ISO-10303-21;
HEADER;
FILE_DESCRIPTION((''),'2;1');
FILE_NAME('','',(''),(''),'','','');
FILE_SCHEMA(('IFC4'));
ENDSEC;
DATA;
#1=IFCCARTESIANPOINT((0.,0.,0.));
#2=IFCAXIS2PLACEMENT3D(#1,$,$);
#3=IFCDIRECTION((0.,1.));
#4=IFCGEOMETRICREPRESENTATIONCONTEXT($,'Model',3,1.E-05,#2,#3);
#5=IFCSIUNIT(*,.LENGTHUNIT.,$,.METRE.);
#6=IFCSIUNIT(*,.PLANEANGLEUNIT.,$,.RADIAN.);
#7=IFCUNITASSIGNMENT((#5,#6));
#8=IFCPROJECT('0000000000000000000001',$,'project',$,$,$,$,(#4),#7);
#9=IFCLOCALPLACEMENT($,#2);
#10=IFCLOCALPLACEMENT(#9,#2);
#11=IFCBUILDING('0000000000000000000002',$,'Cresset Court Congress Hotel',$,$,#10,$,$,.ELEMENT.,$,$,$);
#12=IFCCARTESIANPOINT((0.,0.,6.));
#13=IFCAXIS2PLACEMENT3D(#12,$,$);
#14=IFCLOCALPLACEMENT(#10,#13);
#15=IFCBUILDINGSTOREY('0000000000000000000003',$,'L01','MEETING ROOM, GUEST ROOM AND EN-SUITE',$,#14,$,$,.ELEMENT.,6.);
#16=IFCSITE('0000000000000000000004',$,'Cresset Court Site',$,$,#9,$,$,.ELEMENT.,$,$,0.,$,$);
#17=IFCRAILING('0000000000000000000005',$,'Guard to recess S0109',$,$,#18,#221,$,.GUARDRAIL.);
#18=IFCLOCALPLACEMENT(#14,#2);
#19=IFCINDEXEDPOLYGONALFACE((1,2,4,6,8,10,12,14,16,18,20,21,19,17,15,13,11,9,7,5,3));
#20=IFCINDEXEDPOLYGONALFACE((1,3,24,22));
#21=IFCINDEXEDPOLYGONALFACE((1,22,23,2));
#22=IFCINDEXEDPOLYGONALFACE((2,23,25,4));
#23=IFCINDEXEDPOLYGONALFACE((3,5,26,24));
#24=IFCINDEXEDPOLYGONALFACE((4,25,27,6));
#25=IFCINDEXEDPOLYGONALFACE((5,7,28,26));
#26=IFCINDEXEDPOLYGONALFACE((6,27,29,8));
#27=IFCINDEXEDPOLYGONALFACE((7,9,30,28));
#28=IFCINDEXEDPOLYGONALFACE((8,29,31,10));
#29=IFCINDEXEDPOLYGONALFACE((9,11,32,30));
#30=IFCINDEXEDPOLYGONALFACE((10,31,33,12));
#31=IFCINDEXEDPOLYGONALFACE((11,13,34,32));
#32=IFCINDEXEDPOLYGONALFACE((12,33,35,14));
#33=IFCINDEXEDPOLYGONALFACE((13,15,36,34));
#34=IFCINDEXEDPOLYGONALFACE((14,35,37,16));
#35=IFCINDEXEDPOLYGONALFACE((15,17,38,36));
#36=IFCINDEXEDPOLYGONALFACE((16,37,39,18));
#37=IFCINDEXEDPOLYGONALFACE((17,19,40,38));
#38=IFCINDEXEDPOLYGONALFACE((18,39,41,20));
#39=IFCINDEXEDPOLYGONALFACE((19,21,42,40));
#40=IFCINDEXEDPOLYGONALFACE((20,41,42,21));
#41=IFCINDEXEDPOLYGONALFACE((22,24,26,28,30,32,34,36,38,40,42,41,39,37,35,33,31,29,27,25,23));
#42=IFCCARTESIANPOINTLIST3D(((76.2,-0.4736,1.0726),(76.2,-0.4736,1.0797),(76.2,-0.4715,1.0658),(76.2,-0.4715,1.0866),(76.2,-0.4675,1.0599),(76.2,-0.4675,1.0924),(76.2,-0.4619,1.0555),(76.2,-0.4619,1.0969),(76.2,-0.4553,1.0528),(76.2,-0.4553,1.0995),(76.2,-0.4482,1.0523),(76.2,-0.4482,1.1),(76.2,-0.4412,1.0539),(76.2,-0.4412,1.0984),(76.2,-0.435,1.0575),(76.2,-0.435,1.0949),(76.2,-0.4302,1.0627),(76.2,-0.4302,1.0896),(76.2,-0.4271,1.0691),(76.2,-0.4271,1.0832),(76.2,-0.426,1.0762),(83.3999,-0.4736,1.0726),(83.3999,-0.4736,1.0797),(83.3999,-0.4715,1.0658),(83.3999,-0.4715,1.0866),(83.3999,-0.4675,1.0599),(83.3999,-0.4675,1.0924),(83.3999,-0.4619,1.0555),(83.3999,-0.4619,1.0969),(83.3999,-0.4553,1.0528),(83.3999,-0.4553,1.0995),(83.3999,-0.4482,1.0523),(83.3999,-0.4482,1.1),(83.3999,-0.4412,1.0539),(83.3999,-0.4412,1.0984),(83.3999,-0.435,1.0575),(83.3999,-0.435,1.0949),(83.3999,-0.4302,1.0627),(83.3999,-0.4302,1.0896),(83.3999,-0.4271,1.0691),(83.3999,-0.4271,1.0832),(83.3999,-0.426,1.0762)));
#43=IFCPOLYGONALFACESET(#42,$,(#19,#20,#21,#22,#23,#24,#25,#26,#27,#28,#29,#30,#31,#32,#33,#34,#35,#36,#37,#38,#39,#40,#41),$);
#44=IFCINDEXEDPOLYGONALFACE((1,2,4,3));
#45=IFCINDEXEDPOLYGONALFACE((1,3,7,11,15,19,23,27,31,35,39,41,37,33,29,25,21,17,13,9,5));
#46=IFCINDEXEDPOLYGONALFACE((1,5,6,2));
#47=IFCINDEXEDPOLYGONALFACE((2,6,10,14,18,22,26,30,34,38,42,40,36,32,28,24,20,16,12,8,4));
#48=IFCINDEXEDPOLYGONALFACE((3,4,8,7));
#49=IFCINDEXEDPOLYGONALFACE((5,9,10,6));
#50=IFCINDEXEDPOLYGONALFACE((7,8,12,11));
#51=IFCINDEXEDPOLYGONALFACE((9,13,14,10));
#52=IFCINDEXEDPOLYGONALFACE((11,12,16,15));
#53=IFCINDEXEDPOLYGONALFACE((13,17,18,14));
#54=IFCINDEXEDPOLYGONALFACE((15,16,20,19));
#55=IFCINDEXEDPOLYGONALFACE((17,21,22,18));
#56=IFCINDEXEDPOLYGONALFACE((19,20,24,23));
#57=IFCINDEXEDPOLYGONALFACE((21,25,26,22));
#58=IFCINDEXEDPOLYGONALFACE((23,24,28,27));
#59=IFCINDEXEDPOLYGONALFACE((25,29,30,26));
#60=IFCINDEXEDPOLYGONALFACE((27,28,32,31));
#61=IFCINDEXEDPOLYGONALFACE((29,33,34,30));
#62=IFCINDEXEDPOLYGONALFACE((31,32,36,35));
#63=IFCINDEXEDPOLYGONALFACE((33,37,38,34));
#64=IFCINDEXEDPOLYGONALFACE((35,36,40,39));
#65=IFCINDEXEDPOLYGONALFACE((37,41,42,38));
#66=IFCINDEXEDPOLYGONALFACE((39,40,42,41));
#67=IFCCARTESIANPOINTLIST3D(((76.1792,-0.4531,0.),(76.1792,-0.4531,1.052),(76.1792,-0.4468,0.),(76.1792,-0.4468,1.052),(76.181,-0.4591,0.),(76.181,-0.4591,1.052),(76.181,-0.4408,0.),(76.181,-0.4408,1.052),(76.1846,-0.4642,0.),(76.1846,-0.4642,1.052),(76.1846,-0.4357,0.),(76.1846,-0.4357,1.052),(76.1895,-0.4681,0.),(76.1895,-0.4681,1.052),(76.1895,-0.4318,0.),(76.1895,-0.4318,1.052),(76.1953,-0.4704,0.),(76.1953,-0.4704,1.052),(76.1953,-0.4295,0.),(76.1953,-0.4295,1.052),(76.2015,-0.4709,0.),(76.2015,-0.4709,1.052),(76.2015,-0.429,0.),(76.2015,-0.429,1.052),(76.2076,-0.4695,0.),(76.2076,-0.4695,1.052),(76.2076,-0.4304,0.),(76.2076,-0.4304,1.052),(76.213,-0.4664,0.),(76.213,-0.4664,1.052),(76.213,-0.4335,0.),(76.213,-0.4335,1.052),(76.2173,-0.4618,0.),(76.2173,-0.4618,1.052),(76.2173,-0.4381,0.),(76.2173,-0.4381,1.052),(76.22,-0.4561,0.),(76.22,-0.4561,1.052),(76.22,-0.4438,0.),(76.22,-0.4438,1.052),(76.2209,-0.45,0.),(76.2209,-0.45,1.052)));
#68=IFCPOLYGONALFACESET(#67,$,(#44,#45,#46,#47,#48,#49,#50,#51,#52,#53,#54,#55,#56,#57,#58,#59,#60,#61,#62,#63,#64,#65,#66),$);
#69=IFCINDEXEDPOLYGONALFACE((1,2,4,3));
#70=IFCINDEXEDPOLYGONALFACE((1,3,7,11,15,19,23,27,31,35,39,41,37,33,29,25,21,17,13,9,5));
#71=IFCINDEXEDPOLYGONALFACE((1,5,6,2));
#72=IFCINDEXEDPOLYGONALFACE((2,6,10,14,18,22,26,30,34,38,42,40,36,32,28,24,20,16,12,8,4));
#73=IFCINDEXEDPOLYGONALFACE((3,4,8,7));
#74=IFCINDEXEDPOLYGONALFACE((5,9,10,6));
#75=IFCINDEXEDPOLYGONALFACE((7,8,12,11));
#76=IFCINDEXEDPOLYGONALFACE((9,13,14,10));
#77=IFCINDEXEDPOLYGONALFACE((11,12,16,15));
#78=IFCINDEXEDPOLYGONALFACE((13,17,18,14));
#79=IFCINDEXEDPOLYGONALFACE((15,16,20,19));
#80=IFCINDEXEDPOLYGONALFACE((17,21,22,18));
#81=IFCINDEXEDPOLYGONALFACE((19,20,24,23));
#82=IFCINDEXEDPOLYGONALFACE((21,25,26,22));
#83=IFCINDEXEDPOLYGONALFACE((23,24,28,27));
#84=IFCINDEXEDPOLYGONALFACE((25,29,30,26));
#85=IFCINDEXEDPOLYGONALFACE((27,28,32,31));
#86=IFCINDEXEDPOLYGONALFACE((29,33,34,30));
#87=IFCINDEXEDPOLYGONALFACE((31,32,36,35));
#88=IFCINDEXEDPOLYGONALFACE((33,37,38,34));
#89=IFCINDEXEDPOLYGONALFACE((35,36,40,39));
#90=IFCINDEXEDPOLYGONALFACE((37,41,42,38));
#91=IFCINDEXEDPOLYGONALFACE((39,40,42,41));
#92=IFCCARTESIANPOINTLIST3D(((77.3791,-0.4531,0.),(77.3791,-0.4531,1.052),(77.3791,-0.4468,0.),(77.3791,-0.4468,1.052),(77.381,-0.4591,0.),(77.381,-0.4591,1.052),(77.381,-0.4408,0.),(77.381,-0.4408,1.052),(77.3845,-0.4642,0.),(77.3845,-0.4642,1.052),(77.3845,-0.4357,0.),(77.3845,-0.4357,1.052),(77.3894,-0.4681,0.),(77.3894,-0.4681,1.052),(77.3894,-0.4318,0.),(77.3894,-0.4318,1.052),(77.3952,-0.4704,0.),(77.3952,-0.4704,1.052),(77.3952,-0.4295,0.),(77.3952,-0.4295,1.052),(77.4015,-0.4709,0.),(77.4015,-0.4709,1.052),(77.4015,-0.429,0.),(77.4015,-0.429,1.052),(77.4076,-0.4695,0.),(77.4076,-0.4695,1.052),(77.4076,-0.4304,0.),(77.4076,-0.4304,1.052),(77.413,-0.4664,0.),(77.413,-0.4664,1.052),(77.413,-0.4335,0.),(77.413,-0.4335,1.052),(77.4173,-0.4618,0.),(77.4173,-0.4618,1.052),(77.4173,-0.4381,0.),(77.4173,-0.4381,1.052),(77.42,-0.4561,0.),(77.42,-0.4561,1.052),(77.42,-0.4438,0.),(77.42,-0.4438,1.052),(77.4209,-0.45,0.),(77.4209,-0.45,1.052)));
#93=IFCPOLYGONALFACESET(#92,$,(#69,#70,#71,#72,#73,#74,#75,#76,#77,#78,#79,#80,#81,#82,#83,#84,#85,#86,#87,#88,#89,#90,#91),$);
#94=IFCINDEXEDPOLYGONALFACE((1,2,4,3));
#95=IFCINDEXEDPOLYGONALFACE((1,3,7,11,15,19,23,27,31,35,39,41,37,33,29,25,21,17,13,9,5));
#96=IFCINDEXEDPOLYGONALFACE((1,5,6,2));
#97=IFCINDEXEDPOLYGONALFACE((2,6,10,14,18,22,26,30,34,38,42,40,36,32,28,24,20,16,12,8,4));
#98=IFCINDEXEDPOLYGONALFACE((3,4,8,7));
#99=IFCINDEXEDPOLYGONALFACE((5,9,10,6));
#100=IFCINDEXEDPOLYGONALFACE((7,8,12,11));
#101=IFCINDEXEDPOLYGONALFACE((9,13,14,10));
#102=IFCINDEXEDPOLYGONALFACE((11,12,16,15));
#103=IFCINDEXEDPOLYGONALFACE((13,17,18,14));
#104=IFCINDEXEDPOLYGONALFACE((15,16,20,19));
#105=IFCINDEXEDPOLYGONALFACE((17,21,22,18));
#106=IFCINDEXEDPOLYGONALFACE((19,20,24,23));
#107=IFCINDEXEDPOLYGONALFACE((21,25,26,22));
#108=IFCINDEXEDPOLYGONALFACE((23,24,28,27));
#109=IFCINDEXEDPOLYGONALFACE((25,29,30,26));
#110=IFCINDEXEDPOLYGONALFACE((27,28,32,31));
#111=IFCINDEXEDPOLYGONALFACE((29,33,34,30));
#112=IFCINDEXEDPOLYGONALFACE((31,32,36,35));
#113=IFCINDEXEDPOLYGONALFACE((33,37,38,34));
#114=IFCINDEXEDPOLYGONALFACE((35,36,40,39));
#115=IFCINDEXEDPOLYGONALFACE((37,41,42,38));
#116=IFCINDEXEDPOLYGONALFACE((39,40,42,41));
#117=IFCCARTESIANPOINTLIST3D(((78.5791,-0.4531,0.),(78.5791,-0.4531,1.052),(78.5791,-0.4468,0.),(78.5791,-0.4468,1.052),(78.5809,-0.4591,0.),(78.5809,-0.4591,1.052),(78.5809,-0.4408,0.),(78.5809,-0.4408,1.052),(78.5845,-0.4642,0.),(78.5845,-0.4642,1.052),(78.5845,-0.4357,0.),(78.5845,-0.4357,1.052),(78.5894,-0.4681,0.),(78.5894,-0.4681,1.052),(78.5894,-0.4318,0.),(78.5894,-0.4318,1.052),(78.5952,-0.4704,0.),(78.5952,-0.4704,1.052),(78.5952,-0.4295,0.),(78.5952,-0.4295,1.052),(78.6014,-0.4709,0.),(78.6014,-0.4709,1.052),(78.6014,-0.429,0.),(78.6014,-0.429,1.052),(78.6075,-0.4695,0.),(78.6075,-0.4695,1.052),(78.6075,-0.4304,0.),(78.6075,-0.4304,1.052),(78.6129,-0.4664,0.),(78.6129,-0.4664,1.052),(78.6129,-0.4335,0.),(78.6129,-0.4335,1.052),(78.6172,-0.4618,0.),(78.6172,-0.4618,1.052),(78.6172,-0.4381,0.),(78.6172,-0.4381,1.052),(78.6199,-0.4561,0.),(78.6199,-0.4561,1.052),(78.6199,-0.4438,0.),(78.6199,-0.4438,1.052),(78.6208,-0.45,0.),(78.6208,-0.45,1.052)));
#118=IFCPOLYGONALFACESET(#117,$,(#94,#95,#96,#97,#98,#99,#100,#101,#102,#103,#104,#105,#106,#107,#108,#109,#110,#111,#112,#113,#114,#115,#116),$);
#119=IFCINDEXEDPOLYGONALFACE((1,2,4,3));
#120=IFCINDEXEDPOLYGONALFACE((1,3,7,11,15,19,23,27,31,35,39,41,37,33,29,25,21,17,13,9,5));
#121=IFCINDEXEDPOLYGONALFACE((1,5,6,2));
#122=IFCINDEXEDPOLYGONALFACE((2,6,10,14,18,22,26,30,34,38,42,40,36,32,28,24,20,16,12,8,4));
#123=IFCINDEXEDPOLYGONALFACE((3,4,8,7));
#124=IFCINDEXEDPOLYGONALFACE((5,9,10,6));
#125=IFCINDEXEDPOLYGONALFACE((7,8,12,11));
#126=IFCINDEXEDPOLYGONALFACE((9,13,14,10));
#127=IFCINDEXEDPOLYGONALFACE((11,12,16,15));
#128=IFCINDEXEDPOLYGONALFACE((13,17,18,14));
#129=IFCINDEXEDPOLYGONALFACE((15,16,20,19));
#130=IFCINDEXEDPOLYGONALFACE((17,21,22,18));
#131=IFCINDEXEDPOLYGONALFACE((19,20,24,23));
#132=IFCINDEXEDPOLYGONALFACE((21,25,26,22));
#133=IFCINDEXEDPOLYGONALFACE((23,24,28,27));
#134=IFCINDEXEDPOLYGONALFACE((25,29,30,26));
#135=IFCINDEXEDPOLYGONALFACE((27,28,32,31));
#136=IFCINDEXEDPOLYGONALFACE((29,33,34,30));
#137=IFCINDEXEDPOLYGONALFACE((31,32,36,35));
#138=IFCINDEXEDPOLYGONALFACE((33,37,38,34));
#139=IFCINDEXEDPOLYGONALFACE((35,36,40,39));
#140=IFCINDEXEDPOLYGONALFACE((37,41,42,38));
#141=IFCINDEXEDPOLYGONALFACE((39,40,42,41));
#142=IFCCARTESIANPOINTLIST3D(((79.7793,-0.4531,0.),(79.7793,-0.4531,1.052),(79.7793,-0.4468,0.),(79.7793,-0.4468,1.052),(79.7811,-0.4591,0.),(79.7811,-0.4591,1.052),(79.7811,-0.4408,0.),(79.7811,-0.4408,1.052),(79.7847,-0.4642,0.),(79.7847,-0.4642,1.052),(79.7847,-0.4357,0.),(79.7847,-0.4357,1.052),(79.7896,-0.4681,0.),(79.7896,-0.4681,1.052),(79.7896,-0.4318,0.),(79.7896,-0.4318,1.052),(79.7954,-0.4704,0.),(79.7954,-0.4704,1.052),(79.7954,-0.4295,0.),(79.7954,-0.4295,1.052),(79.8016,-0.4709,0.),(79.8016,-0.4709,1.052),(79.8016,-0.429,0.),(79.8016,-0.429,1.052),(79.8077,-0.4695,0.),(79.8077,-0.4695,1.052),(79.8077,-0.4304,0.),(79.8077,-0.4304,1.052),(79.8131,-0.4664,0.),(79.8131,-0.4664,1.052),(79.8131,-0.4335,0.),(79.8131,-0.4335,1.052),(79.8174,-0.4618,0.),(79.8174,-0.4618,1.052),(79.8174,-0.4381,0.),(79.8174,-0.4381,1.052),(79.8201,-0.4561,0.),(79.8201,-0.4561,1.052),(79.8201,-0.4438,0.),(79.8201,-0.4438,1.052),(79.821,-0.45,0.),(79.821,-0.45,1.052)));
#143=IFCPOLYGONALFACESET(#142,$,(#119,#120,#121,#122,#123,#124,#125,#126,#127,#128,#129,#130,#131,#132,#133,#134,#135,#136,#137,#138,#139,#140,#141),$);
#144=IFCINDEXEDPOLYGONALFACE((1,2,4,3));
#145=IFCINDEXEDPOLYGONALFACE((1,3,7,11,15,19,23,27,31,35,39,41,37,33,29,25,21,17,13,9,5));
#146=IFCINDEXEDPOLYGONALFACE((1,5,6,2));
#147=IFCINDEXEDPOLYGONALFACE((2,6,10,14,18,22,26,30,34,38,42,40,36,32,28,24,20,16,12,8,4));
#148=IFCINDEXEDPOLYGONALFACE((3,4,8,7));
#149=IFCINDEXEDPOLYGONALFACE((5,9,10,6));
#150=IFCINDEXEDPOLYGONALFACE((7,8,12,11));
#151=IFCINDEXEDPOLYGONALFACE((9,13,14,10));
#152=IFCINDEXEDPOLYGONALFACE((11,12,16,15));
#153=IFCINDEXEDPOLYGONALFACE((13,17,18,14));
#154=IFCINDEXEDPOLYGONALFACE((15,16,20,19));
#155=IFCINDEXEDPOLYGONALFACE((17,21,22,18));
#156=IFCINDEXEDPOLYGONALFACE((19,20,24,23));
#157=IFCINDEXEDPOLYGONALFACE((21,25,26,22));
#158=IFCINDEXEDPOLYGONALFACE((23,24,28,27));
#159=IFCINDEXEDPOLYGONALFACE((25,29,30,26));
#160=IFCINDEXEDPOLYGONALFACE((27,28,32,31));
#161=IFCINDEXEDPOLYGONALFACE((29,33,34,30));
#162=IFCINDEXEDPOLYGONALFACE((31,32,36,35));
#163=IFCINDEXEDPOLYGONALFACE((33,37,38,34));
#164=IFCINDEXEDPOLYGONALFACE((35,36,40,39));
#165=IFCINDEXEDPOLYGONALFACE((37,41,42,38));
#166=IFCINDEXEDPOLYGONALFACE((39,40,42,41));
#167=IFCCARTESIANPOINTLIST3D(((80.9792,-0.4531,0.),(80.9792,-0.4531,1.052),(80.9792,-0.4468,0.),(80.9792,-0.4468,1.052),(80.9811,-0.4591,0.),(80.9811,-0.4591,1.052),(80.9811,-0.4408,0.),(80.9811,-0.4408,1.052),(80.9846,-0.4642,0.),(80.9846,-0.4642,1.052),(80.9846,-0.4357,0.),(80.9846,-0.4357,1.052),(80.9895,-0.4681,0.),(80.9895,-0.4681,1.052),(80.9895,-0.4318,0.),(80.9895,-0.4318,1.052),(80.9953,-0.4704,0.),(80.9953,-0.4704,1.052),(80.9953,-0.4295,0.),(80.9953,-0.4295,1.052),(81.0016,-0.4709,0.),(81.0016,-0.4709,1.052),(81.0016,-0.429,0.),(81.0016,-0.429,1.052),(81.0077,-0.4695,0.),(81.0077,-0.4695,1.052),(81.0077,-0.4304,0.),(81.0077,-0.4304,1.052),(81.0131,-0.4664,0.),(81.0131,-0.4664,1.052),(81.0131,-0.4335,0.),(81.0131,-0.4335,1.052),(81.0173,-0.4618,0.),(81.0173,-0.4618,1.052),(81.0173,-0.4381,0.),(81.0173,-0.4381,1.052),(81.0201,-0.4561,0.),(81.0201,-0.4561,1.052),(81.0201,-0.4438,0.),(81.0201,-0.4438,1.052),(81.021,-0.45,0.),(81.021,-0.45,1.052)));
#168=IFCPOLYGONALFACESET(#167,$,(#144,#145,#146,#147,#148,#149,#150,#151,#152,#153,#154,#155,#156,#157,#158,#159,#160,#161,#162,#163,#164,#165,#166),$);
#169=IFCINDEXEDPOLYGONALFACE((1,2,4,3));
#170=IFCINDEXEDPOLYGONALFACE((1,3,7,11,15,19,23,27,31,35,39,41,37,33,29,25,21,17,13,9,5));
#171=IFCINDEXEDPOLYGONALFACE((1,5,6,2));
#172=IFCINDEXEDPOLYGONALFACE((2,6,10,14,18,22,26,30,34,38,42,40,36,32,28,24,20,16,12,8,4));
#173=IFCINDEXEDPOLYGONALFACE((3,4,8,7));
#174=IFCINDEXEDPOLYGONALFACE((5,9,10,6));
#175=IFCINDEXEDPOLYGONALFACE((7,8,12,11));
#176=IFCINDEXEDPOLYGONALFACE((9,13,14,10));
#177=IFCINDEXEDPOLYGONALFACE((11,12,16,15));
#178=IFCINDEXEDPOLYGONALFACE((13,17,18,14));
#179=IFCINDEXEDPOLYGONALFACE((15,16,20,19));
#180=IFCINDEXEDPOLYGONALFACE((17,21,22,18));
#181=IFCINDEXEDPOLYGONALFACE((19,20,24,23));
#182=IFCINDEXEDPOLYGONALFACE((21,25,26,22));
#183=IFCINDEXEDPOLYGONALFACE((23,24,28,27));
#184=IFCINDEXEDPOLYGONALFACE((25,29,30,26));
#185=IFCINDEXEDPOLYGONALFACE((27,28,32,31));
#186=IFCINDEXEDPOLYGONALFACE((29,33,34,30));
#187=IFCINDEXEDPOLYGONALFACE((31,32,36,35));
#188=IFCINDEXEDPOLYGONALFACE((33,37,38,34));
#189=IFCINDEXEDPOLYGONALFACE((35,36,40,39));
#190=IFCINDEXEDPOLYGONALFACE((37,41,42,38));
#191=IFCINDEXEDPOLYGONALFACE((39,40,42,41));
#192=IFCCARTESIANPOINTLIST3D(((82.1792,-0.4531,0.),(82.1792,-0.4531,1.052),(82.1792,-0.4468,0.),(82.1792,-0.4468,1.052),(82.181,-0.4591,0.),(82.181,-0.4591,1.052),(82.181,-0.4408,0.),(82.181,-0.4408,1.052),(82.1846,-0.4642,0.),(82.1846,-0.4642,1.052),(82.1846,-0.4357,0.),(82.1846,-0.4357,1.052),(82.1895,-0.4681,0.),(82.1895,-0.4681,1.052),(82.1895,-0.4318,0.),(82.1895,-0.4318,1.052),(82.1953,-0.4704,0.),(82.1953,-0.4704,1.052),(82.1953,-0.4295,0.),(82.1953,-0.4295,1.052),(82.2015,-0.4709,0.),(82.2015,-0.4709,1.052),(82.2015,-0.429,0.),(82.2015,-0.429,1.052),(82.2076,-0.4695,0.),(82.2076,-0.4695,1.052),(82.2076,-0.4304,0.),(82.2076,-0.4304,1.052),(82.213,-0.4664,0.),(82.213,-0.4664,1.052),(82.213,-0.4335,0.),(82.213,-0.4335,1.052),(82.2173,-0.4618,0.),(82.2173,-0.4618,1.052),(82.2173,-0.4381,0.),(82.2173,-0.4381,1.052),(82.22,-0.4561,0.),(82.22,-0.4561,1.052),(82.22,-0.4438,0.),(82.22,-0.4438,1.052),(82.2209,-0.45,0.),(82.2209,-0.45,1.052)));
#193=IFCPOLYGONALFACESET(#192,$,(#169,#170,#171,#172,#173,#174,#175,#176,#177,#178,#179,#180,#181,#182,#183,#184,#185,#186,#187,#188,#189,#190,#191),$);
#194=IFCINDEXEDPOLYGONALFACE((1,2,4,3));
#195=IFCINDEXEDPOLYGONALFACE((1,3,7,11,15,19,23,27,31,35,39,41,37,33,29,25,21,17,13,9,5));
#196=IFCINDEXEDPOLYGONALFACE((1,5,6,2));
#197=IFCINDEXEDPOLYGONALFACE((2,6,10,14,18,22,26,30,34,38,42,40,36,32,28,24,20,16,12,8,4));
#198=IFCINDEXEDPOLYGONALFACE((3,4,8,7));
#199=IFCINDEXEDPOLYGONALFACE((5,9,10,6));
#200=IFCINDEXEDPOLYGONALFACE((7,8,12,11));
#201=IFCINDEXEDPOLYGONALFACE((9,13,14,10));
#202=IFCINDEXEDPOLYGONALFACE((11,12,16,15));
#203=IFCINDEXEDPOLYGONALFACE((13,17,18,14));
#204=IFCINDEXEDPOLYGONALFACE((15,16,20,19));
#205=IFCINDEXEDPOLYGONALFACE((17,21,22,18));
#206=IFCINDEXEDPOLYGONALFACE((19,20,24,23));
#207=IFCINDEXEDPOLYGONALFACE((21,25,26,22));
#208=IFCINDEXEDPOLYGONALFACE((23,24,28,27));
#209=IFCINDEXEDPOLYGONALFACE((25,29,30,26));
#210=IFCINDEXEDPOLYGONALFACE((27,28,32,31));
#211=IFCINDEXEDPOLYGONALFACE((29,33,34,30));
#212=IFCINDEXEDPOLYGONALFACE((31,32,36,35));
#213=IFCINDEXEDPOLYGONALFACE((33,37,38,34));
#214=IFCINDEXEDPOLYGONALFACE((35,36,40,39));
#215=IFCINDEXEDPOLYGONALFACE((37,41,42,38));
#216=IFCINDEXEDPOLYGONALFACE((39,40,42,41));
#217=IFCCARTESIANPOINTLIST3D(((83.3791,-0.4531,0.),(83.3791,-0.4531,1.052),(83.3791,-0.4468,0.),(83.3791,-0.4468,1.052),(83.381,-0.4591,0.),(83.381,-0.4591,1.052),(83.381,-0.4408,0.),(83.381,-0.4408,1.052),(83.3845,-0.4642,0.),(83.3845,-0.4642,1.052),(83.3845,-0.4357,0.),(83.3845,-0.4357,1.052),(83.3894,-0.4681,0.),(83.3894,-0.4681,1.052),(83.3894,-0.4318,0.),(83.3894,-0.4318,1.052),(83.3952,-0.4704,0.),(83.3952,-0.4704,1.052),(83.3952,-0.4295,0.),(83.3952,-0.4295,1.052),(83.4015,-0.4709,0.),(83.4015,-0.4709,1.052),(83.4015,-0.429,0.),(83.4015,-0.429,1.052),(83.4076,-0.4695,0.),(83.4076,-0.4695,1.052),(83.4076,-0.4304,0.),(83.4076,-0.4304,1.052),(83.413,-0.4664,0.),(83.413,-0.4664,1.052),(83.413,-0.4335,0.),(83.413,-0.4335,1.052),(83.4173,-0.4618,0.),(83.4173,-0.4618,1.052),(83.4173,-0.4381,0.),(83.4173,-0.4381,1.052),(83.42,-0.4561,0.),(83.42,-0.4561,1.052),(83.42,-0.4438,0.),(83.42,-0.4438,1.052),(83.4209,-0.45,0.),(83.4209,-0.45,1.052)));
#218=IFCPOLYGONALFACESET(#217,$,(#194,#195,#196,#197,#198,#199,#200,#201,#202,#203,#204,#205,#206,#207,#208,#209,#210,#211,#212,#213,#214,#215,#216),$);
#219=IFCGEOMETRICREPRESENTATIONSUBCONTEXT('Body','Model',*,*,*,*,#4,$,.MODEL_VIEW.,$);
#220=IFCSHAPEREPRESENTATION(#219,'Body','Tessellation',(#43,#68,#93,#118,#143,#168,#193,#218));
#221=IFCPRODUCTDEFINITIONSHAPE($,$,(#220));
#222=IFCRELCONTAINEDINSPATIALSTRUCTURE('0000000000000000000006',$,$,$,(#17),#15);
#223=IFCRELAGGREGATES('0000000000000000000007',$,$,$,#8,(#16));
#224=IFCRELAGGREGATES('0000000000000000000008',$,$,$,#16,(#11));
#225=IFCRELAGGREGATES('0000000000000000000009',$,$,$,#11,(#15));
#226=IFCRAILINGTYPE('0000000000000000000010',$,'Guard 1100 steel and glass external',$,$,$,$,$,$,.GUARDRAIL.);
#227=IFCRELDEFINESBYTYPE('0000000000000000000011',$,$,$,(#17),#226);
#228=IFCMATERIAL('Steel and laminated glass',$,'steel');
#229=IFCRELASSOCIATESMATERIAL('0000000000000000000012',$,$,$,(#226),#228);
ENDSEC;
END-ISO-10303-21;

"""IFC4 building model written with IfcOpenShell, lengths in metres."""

from ifc_helpers import new_model, si_unit, direction, frame, origin, origin_2d, place, context, subcontext, project, spatial, circle, extrude, material, type_object, element, save


model = new_model("IFC4")

# Units and contexts
model_context = context("Model", 3, precision=1e-05, world=origin(), true_north=direction((0.0, 1.0)))
body_context = subcontext(model_context, "Body", "Model", "MODEL_VIEW")
ifc_project = project(units=[si_unit("LENGTHUNIT", "METRE"), si_unit("PLANEANGLEUNIT", "RADIAN")], contexts=[model_context])

# Site, building, storey
site_placement = place(None, origin())
site = spatial("IfcSite", under=ifc_project, at=site_placement, Name="Cresset Court Site", CompositionType="ELEMENT", RefElevation=0.0)
building_placement = place(site_placement, origin())
building = spatial("IfcBuilding", under=site, at=building_placement, Name="Cresset Court Congress Hotel", CompositionType="ELEMENT")
storey_placement = place(building_placement, frame((0.0, 0.0, 6.0)))
storey = spatial("IfcBuildingStorey", under=building, at=storey_placement, Name="L01", Description="MEETING ROOM, GUEST ROOM AND EN-SUITE", CompositionType="ELEMENT", Elevation=6.0)

# Railing
ifc_material_1 = material(Name="Steel and laminated glass", Category="steel")
railing_type = type_object("IfcRailingType", Name="Guard 1100 steel and glass external", PredefinedType="GUARDRAIL", material=ifc_material_1)
railing_placement = place(storey_placement, frame((76.2, -0.45, 0.0)))
element("IfcRailing", 1, at=railing_placement, inside=storey, type_object=railing_type, Name="Guard to recess S0109", PredefinedType="GUARDRAIL", context=body_context, shape_type="SweptSolid", body=[
    extrude(circle(Radius=0.0239, at=origin_2d()), frame((0.0, 0.0, 1.0762), z_axis=(1.0, 0.0, 0.0), x_axis=(0.0, 1.0, 0.0)), (0.0, 0.0, 1.0), 7.2),
    extrude(circle(Radius=0.021, at=origin_2d()), origin(), (0.0, 0.0, 1.0), 1.052),
    extrude(circle(Radius=0.021, at=origin_2d()), frame((1.2, 0.0, 0.0)), (0.0, 0.0, 1.0), 1.052),
    extrude(circle(Radius=0.021, at=origin_2d()), frame((2.3999, 0.0, 0.0)), (0.0, 0.0, 1.0), 1.052),
    extrude(circle(Radius=0.021, at=origin_2d()), frame((3.6001, 0.0, 0.0)), (0.0, 0.0, 1.0), 1.052),
    extrude(circle(Radius=0.021, at=origin_2d()), frame((4.8, 0.0, 0.0)), (0.0, 0.0, 1.0), 1.052),
    extrude(circle(Radius=0.021, at=origin_2d()), frame((6.0, 0.0, 0.0)), (0.0, 0.0, 1.0), 1.052),
    extrude(circle(Radius=0.021, at=origin_2d()), frame((7.2, 0.0, 0.0)), (0.0, 0.0, 1.0), 1.052),
])

save(model, "model.ifc")
